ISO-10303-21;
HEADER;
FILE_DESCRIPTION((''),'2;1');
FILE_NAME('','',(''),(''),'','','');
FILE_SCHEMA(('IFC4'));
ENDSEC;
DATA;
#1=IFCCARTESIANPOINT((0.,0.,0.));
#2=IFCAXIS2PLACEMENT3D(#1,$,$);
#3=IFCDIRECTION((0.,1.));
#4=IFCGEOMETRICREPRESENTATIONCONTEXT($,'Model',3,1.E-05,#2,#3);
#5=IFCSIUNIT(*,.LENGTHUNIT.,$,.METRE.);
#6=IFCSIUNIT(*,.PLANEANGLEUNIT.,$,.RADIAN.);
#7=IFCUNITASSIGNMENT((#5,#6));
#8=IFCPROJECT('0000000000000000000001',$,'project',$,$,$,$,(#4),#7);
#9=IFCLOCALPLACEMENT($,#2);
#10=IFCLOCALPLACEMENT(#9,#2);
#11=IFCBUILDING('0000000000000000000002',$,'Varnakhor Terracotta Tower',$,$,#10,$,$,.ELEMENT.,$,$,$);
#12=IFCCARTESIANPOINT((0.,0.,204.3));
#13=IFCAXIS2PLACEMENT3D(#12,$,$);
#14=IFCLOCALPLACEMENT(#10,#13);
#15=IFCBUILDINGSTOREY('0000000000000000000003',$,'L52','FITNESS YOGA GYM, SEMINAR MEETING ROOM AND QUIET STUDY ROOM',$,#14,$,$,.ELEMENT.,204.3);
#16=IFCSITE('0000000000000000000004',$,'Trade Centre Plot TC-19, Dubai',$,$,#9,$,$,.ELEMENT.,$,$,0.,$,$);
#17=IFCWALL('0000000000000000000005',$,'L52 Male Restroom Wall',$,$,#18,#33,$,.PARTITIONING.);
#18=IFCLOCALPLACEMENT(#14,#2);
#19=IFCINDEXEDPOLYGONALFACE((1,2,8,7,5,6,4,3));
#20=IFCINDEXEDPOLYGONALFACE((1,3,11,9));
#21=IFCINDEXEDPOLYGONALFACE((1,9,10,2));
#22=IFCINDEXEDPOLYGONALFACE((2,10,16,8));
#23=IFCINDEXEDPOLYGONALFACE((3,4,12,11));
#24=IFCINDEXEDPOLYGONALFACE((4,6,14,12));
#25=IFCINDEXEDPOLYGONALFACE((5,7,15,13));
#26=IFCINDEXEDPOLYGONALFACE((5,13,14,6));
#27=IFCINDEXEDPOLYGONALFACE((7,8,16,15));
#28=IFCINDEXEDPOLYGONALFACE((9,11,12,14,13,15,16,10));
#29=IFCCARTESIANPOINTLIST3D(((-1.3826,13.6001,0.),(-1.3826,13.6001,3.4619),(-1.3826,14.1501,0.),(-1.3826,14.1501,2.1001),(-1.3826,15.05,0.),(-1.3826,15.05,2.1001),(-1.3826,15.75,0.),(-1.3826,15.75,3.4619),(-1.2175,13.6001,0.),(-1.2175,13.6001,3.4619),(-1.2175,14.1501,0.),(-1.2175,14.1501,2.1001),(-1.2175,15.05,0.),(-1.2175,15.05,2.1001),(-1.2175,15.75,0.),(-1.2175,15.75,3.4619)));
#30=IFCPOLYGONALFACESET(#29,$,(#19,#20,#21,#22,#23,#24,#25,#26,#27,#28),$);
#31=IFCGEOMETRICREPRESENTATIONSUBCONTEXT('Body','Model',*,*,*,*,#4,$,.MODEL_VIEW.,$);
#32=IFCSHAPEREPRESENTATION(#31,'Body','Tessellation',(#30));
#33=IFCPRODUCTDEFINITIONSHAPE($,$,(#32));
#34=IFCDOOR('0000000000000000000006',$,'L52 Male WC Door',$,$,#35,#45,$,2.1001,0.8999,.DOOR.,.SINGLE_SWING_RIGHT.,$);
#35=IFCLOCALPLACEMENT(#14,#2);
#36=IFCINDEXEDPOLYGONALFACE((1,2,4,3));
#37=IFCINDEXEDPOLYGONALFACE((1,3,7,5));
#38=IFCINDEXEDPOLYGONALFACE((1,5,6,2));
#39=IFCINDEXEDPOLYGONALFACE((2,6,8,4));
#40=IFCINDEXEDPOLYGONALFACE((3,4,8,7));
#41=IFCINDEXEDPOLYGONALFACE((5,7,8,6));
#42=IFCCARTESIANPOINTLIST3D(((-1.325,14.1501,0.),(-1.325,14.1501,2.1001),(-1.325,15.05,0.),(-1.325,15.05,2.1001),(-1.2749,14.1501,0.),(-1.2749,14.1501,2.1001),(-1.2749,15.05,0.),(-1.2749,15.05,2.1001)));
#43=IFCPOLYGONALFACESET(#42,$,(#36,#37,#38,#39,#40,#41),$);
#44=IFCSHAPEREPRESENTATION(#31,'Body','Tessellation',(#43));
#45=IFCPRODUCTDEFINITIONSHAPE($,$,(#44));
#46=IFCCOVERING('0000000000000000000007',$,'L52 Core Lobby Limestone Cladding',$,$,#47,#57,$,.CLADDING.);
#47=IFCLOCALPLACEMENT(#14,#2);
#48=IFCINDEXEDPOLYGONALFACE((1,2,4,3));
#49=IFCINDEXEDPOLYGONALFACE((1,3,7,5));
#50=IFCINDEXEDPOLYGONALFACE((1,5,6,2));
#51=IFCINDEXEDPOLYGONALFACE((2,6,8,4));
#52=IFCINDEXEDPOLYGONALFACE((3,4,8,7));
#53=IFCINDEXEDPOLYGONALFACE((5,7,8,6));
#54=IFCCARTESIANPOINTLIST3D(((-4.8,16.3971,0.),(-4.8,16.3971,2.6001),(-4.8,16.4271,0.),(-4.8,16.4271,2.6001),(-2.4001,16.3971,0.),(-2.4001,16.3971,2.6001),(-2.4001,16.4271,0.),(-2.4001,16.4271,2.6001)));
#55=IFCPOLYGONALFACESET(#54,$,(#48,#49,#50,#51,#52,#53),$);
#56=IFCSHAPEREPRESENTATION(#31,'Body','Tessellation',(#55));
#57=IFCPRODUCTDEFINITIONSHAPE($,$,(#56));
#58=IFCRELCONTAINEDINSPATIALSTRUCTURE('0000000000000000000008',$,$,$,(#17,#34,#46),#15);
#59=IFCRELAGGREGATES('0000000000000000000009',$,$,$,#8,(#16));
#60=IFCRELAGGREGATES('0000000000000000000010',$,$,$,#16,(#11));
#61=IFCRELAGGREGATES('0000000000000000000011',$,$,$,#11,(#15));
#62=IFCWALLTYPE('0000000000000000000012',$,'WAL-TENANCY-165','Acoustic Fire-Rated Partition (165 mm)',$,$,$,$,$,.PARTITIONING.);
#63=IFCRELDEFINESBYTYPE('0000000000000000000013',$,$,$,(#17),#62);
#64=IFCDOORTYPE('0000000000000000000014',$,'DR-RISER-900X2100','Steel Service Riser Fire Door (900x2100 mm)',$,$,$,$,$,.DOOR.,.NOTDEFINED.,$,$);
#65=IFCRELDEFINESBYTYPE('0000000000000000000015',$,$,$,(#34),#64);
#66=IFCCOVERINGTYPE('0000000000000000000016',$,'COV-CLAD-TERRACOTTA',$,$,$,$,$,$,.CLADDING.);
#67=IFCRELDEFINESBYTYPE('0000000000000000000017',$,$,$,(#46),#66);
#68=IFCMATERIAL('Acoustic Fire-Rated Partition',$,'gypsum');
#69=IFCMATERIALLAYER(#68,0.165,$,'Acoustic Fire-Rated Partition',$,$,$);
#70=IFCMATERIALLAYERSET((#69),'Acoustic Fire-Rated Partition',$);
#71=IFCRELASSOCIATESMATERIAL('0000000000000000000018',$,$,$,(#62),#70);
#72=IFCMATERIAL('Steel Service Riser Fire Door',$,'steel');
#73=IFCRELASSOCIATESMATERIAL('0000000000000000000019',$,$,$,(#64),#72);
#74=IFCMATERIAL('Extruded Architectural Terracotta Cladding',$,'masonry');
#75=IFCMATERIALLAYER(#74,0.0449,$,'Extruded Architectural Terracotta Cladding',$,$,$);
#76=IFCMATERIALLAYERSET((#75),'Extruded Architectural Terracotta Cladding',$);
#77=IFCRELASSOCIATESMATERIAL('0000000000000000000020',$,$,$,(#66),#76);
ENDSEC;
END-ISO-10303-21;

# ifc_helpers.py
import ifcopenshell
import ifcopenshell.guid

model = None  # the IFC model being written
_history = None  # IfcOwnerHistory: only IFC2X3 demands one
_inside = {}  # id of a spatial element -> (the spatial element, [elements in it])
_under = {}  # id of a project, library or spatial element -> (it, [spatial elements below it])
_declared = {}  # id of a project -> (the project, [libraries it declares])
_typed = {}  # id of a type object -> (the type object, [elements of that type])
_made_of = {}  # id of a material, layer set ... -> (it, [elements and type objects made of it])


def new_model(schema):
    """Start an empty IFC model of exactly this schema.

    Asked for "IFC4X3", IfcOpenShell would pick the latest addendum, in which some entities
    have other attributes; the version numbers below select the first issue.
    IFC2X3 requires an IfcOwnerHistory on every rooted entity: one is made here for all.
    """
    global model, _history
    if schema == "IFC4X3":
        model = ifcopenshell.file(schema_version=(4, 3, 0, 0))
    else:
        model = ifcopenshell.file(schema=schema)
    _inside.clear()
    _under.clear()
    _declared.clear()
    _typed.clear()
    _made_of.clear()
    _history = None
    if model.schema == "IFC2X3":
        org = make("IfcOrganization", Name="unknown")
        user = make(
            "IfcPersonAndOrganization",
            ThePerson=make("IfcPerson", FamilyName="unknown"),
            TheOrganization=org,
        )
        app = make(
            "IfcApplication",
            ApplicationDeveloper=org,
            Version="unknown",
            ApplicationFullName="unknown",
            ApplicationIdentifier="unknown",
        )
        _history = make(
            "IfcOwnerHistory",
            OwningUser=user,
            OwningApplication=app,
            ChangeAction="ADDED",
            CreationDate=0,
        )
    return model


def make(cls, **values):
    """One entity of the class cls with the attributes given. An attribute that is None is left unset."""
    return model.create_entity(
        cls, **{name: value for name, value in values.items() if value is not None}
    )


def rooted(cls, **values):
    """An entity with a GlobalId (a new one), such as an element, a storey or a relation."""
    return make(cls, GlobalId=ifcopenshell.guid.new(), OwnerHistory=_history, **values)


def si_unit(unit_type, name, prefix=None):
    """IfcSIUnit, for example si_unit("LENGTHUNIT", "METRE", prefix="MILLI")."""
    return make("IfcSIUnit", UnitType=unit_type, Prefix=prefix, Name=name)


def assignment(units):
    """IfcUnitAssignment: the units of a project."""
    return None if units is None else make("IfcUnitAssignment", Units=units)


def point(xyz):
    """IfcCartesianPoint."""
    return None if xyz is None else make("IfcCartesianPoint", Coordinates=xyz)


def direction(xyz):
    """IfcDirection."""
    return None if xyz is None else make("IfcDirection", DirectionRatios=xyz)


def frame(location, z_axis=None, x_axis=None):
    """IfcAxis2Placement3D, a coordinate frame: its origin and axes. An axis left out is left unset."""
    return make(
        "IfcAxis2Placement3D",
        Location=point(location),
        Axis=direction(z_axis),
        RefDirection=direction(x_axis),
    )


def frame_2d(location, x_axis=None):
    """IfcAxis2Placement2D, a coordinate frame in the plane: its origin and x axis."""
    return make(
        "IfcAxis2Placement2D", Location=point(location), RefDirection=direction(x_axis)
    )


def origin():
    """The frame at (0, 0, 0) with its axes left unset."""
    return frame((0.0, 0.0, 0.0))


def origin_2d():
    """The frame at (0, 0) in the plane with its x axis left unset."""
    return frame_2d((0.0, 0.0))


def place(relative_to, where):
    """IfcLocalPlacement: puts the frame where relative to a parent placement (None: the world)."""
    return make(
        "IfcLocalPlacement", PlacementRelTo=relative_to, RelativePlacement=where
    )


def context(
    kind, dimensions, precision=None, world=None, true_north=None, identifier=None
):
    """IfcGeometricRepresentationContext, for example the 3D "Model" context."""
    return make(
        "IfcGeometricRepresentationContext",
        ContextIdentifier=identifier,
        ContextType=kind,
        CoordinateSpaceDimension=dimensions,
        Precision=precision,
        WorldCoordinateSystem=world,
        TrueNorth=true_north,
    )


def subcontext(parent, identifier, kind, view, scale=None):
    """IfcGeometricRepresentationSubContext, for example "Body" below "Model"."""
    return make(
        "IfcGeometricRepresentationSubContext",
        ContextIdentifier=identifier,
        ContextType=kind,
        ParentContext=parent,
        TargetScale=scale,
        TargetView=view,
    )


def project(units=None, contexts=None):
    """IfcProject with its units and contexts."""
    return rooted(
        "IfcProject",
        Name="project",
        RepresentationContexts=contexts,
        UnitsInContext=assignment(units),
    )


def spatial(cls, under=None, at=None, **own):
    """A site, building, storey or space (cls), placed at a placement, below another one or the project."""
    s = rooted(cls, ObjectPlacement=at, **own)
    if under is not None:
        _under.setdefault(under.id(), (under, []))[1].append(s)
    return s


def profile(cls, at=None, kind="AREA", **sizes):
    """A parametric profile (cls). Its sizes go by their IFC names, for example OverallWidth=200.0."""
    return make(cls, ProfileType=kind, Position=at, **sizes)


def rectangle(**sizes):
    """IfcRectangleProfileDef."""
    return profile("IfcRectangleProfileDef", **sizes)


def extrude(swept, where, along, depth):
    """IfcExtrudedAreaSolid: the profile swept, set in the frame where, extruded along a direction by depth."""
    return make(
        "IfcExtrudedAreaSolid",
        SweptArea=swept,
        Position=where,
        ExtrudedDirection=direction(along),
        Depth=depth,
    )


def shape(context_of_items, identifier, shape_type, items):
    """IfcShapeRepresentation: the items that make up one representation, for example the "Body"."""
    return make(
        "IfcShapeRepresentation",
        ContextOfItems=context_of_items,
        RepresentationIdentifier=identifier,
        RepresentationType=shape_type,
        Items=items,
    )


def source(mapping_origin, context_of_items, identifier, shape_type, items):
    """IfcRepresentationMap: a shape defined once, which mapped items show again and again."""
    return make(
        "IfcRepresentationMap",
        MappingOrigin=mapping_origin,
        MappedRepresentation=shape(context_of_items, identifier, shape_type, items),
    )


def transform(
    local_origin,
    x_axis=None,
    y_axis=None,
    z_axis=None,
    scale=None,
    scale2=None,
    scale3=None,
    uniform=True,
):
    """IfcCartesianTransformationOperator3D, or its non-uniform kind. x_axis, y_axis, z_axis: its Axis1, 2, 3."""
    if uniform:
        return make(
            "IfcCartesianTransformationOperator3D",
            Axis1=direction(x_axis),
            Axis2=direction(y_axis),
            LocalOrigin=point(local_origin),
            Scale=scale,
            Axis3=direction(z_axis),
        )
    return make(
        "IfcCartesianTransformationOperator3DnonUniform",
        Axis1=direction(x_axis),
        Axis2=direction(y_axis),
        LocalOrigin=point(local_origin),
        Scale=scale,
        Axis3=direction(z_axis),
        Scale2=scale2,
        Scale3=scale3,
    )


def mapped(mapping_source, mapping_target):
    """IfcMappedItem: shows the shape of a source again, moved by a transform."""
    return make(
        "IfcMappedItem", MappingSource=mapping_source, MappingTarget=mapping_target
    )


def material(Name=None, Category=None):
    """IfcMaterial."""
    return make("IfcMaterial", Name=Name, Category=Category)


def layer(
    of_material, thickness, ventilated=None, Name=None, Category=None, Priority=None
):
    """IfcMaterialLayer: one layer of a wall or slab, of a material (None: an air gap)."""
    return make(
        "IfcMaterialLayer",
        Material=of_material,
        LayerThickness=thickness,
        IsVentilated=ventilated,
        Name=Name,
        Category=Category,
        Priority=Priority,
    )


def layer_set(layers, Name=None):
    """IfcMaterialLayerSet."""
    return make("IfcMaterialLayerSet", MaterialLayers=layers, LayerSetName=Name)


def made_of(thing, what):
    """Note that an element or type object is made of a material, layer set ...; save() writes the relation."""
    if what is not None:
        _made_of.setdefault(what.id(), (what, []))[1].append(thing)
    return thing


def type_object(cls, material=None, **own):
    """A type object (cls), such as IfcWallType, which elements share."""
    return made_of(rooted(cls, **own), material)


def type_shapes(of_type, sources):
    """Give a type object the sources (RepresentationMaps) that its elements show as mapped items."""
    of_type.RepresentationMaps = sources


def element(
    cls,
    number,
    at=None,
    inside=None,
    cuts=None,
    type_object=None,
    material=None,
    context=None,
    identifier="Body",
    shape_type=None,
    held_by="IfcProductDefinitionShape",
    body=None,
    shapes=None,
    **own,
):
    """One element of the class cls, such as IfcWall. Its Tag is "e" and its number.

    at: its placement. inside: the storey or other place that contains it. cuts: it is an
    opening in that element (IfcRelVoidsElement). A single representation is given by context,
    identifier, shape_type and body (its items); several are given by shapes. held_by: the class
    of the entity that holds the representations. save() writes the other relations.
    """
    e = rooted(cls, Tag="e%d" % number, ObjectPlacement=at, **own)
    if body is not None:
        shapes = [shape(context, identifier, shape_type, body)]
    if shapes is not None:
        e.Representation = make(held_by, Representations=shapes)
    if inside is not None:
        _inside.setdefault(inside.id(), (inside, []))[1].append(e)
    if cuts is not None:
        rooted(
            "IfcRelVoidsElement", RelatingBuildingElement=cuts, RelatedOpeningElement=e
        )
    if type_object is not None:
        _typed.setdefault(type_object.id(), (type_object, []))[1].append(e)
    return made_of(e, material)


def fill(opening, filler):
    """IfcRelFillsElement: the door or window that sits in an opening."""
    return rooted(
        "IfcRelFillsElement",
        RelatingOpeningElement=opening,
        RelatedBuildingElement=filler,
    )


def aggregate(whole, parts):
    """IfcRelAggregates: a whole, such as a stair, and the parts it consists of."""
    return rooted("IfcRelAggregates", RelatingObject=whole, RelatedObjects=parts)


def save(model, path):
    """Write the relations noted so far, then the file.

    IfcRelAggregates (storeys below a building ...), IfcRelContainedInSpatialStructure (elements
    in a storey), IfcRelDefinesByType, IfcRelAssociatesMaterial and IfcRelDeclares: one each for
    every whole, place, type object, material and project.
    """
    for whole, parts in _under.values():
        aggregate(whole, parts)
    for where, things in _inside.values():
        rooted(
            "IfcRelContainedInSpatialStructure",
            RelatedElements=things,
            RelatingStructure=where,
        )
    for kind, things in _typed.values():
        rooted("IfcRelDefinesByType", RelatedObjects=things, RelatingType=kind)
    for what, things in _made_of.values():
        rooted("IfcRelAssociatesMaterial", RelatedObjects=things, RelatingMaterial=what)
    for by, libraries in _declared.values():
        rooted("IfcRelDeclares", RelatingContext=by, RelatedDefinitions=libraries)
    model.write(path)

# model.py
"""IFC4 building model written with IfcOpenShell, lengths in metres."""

from ifc_helpers import new_model, si_unit, direction, frame, frame_2d, origin, origin_2d, place, context, subcontext, project, spatial, rectangle, extrude, source, transform, mapped, material, layer, layer_set, type_object, type_shapes, element, fill, save


model = new_model("IFC4")

# Units and contexts
model_context = context("Model", 3, precision=1e-05, world=origin(), true_north=direction((0.0, 1.0)))
body_context = subcontext(model_context, "Body", "Model", "MODEL_VIEW")
ifc_project = project(units=[si_unit("LENGTHUNIT", "METRE"), si_unit("PLANEANGLEUNIT", "RADIAN")], contexts=[model_context])

# Site, building, storey
site_placement = place(None, origin())
site = spatial("IfcSite", under=ifc_project, at=site_placement, Name="Trade Centre Plot TC-19, Dubai", CompositionType="ELEMENT", RefElevation=0.0)
building_placement = place(site_placement, origin())
building = spatial("IfcBuilding", under=site, at=building_placement, Name="Varnakhor Terracotta Tower", CompositionType="ELEMENT")
storey_placement = place(building_placement, frame((0.0, 0.0, 204.3)))
storey = spatial("IfcBuildingStorey", under=building, at=storey_placement, Name="L52", Description="FITNESS YOGA GYM, SEMINAR MEETING ROOM AND QUIET STUDY ROOM", CompositionType="ELEMENT", Elevation=204.3)

# Wall, opening, door
ifc_material_1 = material(Name="Acoustic Fire-Rated Partition", Category="gypsum")
ifc_layer_1 = layer(ifc_material_1, 0.165, Name="Acoustic Fire-Rated Partition")
ifc_layer_set_1 = layer_set([ifc_layer_1], Name="Acoustic Fire-Rated Partition")
wall_type_1 = type_object("IfcWallType", Name="WAL-TENANCY-165", Description="Acoustic Fire-Rated Partition (165 mm)", PredefinedType="PARTITIONING", material=ifc_layer_set_1)
wall_1_placement = place(storey_placement, frame((-1.3, 13.6001, 0.0), z_axis=(0.0, 0.0, 1.0), x_axis=(0.0, 1.0, 0.0)))
wall_1 = element("IfcWall", 1, at=wall_1_placement, inside=storey, type_object=wall_type_1, Name="L52 Male Restroom Wall", PredefinedType="PARTITIONING", context=body_context, shape_type="SweptSolid", body=[
    extrude(rectangle(XDim=2.1499, YDim=0.165, at=frame_2d((1.075, 0.0))), origin(), (0.0, 0.0, 1.0), 3.4619),
])
opening_1_placement = place(wall_1_placement, frame((0.55, 0.0, 0.0)))
opening_1 = element("IfcOpeningElement", 2, at=opening_1_placement, cuts=wall_1, PredefinedType="OPENING", context=body_context, shape_type="SweptSolid", body=[
    extrude(rectangle(XDim=0.8999, YDim=2.1001, at=frame_2d((0.45, 1.05))), frame((0.0, 0.0925, 0.0), z_axis=(0.0, -1.0, 0.0), x_axis=(1.0, 0.0, 0.0)), (0.0, 0.0, 1.0), 0.1851),
])
ifc_material_2 = material(Name="Steel Service Riser Fire Door", Category="steel")
door_type_1 = type_object("IfcDoorType", Name="DR-RISER-900X2100", Description="Steel Service Riser Fire Door (900x2100 mm)", OperationType="NOTDEFINED", PredefinedType="DOOR", material=ifc_material_2)
shared_shape_1 = source(origin(), body_context, "Body", "SweptSolid", [
    extrude(rectangle(XDim=0.8999, YDim=2.1001, at=frame_2d((0.45, 1.05))), frame((0.0, 0.0249, 0.0), z_axis=(0.0, -1.0, 0.0), x_axis=(1.0, 0.0, 0.0)), (0.0, 0.0, 1.0), 0.05),
])
type_shapes(door_type_1, [shared_shape_1])
door_1_placement = place(opening_1_placement, origin())
door_1 = element("IfcDoor", 3, at=door_1_placement, inside=storey, type_object=door_type_1, Name="L52 Male WC Door", OperationType="SINGLE_SWING_RIGHT", OverallHeight=2.1001, OverallWidth=0.8999, PredefinedType="DOOR", context=body_context, shape_type="MappedRepresentation", body=[
    mapped(shared_shape_1, transform((0.0, 0.0, 0.0), scale=1.0)),
])
fill(opening_1, door_1)

# Covering
ifc_material_3 = material(Name="Extruded Architectural Terracotta Cladding", Category="masonry")
ifc_layer_2 = layer(ifc_material_3, 0.0449, Name="Extruded Architectural Terracotta Cladding")
ifc_layer_set_2 = layer_set([ifc_layer_2], Name="Extruded Architectural Terracotta Cladding")
covering_type = type_object("IfcCoveringType", Name="COV-CLAD-TERRACOTTA", PredefinedType="CLADDING", material=ifc_layer_set_2)
shared_shape_2 = source(origin(), body_context, "Body", "SweptSolid", [
    extrude(rectangle(XDim=2.3999, YDim=0.03, at=origin_2d()), origin(), (0.0, 0.0, 1.0), 2.6001),
])
type_shapes(covering_type, [shared_shape_2])
covering_placement = place(storey_placement, frame((-3.6001, 16.4121, 0.0), z_axis=(0.0, 0.0, 1.0), x_axis=(1.0, 0.0, 0.0)))
element("IfcCovering", 4, at=covering_placement, inside=storey, type_object=covering_type, Name="L52 Core Lobby Limestone Cladding", PredefinedType="CLADDING", context=body_context, shape_type="MappedRepresentation", body=[
    mapped(shared_shape_2, transform((0.0, 0.0, 0.0), scale=1.0)),
])

save(model, "model.ifc")
